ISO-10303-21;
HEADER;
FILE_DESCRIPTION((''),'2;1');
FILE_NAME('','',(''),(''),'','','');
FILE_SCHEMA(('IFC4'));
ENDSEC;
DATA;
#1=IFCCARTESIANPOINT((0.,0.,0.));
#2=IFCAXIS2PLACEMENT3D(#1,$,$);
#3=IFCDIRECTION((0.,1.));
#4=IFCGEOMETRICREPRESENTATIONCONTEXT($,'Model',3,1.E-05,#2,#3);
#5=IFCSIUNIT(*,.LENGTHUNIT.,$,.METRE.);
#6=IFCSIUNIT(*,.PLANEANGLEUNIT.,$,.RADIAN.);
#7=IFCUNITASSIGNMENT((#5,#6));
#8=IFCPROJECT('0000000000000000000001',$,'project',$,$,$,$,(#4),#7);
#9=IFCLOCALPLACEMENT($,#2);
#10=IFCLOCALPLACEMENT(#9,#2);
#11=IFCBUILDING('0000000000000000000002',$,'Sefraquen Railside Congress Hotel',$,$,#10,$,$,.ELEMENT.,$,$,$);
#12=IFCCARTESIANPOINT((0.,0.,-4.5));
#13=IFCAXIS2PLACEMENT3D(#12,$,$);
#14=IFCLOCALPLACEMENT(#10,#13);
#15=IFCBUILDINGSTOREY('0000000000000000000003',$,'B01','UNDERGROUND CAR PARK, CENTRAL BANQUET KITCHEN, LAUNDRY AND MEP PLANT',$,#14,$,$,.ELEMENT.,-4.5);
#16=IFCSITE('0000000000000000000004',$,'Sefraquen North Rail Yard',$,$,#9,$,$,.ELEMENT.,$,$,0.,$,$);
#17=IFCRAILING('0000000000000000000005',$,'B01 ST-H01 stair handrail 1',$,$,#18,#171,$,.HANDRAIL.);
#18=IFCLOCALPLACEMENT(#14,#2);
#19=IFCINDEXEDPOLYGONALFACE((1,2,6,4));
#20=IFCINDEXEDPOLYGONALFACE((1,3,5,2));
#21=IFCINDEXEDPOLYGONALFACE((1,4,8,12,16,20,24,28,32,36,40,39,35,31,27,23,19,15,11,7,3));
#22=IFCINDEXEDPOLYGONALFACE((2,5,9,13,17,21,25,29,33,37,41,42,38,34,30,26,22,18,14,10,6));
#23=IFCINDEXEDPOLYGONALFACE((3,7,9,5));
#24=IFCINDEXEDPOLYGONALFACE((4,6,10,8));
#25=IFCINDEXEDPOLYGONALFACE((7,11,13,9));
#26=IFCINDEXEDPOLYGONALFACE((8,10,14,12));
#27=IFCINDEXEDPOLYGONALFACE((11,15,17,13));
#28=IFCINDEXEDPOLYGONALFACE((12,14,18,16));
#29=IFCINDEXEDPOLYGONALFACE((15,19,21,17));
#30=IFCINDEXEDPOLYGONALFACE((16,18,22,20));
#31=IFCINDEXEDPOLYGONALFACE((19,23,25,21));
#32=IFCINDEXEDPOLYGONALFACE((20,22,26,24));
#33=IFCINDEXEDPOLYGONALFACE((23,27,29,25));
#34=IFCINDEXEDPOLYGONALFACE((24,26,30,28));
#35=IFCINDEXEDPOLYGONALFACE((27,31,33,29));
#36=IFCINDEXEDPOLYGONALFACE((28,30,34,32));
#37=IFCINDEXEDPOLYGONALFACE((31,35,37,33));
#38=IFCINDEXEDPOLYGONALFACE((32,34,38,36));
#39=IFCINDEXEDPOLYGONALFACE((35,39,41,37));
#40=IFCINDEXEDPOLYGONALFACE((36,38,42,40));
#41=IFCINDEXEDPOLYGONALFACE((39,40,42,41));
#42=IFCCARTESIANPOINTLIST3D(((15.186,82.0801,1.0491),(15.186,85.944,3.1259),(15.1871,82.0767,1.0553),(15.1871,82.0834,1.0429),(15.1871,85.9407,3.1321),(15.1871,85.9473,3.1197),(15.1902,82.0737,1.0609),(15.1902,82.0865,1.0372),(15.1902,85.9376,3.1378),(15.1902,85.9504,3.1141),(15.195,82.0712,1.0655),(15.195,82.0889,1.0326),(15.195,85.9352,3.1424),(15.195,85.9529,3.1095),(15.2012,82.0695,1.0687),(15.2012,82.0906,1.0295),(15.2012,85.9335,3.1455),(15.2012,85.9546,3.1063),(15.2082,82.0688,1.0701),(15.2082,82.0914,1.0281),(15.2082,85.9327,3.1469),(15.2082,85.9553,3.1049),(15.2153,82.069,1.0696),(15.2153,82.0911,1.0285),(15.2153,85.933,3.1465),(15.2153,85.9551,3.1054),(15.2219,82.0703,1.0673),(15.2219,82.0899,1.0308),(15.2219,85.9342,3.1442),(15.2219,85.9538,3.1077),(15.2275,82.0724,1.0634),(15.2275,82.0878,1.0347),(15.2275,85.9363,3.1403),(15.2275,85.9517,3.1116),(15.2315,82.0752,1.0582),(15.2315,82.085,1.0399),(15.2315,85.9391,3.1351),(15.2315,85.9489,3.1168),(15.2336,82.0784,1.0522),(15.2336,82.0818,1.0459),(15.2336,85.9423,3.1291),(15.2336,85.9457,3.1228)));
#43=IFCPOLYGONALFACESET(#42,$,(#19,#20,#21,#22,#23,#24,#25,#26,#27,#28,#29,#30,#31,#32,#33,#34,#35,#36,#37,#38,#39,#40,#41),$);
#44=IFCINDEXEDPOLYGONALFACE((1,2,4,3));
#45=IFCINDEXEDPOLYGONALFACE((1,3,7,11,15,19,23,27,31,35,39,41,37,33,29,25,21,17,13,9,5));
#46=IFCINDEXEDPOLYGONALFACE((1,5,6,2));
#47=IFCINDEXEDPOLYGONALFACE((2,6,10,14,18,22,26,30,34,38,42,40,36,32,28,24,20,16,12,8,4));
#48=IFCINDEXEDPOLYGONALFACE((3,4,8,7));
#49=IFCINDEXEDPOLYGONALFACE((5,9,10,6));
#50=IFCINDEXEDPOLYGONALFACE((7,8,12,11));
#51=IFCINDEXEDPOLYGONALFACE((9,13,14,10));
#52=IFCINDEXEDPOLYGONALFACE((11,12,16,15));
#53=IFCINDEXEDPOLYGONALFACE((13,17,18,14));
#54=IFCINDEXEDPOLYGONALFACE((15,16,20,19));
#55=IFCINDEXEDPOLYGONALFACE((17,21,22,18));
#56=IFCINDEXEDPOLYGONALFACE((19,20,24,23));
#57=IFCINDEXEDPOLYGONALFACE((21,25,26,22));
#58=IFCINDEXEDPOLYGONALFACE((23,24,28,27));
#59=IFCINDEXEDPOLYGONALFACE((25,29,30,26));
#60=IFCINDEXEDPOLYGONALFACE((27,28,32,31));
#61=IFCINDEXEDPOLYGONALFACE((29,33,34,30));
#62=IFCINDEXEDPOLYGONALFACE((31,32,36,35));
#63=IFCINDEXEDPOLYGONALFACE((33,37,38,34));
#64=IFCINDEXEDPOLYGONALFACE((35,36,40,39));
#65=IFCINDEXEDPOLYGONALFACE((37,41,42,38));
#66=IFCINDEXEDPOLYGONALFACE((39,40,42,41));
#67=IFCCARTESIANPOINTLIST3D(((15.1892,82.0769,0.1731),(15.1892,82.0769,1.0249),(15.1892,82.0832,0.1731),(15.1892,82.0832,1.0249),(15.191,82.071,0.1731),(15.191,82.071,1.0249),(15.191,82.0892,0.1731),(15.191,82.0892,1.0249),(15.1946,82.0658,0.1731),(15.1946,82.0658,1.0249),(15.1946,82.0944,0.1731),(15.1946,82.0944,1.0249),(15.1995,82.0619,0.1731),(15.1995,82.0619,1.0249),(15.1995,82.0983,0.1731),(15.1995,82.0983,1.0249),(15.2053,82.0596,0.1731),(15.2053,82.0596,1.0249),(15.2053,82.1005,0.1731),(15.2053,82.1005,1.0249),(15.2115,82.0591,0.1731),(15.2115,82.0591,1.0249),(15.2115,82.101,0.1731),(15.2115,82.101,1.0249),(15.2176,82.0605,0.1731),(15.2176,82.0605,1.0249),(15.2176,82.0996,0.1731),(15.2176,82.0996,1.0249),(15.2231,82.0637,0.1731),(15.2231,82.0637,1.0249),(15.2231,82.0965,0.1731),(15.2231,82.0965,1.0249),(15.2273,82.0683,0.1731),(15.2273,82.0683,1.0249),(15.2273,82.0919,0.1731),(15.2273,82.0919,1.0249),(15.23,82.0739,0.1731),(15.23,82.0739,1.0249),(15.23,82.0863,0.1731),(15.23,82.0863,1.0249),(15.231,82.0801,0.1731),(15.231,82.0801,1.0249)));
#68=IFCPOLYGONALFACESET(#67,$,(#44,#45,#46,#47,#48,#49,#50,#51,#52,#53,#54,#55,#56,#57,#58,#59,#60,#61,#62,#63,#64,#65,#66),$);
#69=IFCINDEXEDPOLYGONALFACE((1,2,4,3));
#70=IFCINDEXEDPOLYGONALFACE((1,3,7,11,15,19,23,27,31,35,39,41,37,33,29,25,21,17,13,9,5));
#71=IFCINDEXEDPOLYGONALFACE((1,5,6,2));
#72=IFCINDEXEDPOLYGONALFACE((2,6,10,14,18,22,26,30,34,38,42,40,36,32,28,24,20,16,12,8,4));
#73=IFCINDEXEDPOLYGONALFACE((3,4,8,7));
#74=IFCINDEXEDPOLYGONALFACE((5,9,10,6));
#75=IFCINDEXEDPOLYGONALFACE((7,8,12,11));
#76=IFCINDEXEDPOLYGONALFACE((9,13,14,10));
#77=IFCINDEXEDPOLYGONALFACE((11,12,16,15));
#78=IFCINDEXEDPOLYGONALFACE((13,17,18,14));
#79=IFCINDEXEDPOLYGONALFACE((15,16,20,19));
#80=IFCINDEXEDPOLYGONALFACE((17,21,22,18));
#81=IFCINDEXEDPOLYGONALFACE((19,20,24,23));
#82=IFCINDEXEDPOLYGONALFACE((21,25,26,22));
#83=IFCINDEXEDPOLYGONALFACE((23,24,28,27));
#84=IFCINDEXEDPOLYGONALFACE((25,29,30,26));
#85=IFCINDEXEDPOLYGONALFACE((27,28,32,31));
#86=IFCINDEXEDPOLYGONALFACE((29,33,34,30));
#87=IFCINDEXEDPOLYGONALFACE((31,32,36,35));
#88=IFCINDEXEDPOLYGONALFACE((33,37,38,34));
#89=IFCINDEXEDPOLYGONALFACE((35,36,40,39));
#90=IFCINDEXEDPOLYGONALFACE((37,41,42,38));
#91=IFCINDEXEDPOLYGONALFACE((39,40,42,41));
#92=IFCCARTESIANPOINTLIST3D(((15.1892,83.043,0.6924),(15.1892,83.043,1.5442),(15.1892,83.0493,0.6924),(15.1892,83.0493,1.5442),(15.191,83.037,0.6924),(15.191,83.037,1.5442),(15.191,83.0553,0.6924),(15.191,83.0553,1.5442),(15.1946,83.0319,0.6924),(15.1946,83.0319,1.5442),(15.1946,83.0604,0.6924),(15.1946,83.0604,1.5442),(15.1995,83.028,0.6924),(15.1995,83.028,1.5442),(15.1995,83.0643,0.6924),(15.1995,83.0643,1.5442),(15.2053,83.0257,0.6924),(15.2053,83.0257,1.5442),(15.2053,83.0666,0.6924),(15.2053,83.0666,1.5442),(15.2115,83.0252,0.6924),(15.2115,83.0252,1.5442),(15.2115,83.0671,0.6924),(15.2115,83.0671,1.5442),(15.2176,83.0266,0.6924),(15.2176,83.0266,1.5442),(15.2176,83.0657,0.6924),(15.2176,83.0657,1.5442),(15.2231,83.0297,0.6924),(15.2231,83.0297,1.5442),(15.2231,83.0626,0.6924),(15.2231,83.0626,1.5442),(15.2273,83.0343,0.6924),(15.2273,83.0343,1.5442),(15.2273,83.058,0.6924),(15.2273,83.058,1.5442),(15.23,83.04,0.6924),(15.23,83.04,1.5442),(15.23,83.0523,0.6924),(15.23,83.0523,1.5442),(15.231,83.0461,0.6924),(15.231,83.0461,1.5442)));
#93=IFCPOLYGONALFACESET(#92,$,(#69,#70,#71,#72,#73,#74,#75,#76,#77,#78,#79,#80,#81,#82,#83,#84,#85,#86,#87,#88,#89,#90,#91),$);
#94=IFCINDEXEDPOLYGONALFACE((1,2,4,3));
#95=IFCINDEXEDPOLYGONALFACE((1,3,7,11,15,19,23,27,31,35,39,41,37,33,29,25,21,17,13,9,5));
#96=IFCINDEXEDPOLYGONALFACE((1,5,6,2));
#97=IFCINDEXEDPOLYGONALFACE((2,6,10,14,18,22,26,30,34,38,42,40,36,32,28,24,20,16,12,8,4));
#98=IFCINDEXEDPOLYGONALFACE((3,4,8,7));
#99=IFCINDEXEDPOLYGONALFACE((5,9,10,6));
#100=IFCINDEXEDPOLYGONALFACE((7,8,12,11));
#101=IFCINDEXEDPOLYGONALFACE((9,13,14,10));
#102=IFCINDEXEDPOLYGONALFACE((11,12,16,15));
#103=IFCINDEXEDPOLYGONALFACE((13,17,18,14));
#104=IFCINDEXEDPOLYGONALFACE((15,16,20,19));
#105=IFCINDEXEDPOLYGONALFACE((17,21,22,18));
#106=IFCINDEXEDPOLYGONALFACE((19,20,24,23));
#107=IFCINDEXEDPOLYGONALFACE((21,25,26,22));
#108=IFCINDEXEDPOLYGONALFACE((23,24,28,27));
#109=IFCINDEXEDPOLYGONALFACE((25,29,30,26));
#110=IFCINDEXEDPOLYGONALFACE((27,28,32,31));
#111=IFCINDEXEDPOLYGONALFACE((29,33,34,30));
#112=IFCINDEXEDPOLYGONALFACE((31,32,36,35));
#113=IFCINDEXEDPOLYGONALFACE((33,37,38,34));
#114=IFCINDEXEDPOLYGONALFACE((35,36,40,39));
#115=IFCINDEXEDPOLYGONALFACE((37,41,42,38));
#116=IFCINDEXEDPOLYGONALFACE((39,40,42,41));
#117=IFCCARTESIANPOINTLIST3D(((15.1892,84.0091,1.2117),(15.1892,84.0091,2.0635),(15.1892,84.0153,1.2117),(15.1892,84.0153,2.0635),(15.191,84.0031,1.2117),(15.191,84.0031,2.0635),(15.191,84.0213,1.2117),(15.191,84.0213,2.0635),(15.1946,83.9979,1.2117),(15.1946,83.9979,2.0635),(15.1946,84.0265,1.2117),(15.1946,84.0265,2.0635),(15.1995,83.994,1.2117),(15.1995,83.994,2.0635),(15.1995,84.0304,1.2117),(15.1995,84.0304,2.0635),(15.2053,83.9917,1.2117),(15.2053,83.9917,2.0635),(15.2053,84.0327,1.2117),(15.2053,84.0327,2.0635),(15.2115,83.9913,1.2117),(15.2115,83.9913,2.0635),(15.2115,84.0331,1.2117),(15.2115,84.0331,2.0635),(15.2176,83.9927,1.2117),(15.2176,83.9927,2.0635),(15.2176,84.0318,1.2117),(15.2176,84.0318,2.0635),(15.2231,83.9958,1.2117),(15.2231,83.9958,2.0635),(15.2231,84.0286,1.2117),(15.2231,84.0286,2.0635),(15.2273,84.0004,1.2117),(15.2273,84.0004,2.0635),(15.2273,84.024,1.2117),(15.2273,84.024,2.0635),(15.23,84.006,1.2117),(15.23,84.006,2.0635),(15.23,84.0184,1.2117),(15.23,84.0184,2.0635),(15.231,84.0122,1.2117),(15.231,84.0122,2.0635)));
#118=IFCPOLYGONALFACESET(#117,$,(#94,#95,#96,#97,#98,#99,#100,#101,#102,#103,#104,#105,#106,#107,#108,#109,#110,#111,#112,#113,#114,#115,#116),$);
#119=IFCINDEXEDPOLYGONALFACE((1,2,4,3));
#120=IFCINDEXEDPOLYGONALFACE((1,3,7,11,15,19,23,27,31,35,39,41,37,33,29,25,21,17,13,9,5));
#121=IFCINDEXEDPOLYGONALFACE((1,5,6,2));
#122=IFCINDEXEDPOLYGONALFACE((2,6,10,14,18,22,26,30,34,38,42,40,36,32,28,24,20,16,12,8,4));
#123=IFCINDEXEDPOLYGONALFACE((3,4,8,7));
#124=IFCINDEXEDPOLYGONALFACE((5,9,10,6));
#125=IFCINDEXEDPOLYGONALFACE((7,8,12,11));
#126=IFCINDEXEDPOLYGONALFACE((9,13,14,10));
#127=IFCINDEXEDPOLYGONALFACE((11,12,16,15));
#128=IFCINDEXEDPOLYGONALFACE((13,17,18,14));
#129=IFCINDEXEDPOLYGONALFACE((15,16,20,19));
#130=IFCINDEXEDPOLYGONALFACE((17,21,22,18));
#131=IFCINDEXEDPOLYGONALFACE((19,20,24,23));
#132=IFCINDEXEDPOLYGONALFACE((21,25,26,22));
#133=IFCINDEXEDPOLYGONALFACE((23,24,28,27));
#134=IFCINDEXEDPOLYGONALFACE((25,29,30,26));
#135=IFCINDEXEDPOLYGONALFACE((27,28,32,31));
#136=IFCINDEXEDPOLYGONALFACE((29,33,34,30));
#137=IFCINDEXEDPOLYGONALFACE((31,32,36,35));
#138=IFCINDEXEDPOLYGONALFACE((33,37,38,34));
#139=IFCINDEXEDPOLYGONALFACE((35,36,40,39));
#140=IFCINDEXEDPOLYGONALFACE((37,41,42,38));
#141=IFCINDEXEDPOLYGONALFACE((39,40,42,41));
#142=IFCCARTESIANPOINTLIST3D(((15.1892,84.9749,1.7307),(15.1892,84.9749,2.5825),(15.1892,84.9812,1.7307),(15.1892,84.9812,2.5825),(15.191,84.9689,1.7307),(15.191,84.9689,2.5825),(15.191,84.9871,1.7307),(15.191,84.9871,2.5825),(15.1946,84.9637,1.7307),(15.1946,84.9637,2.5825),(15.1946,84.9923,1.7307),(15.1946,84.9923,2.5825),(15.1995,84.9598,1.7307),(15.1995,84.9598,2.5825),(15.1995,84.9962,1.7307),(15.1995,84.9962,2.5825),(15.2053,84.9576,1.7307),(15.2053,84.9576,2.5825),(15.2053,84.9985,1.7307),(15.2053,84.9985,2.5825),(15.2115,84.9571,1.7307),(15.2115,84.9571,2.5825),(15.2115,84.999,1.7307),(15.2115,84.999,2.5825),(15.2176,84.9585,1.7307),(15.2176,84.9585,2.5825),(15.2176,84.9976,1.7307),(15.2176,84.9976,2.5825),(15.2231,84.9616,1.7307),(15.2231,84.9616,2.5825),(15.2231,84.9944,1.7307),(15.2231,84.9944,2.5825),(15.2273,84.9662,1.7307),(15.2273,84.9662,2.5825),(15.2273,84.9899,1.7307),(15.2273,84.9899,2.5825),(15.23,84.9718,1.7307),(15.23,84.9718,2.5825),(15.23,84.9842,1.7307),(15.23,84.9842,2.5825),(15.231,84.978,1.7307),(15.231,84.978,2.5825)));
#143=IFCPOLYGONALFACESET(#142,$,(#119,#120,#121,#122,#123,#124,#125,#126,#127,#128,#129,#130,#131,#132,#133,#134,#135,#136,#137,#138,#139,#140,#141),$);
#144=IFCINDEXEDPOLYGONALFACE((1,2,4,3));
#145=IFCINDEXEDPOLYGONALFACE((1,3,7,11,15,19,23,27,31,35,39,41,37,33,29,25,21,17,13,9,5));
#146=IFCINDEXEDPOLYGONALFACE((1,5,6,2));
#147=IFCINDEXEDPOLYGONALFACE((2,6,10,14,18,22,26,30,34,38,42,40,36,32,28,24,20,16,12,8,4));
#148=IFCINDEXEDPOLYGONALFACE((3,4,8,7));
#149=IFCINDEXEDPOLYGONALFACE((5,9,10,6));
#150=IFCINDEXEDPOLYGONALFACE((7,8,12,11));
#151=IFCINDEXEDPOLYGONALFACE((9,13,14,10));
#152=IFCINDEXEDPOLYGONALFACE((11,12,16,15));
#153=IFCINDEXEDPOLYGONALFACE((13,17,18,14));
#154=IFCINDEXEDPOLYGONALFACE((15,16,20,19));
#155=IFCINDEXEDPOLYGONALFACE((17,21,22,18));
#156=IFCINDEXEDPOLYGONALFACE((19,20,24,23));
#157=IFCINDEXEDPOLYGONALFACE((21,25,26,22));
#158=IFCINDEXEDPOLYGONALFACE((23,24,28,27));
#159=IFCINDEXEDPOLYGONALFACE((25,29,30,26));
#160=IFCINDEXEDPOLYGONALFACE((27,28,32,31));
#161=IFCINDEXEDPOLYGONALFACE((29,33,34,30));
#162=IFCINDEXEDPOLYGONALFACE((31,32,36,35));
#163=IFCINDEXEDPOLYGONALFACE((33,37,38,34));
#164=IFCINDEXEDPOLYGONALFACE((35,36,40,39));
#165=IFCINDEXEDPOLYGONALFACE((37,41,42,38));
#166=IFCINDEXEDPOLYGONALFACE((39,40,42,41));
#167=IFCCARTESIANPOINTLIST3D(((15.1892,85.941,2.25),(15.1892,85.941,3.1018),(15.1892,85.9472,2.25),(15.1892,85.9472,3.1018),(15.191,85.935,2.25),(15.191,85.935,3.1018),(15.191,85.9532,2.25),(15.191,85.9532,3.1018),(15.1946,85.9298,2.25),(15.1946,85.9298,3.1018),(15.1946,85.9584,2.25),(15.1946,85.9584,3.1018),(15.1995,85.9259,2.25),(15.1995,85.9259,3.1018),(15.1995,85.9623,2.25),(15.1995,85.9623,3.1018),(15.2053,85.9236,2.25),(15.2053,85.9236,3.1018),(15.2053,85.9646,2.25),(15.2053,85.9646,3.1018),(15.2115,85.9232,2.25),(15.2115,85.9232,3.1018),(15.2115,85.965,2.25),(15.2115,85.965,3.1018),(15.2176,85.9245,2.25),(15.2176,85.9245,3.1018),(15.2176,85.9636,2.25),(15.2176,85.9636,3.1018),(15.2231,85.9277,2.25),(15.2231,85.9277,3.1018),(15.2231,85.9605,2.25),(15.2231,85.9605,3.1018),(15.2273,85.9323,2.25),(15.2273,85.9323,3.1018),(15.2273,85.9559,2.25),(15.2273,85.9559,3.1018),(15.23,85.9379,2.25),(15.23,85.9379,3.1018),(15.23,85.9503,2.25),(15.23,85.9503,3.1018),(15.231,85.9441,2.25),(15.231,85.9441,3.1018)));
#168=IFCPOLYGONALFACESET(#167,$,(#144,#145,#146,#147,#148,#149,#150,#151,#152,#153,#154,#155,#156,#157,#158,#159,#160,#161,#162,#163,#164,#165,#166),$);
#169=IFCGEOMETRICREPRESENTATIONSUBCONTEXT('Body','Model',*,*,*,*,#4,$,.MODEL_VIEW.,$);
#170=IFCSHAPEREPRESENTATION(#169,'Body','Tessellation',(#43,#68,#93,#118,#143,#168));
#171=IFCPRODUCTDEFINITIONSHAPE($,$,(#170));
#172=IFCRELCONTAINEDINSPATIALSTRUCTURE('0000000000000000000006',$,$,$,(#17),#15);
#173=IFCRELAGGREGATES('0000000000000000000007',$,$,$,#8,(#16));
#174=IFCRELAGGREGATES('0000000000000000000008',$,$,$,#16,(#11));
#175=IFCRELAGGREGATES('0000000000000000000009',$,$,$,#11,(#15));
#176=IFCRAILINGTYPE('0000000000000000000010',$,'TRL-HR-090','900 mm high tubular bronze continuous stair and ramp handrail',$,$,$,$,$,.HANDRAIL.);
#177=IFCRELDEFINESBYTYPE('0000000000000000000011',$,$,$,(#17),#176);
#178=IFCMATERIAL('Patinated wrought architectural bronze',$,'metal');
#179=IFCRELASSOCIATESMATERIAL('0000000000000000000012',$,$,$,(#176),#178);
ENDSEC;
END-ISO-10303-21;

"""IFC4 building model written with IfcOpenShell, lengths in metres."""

from ifc_helpers import new_model, si_unit, direction, frame, origin, origin_2d, place, context, subcontext, project, spatial, circle, extrude, material, type_object, element, save


model = new_model("IFC4")

# Units and contexts
model_context = context("Model", 3, precision=1e-05, world=origin(), true_north=direction((0.0, 1.0)))
body_context = subcontext(model_context, "Body", "Model", "MODEL_VIEW")
ifc_project = project(units=[si_unit("LENGTHUNIT", "METRE"), si_unit("PLANEANGLEUNIT", "RADIAN")], contexts=[model_context])

# Site, building, storey
site_placement = place(None, origin())
site = spatial("IfcSite", under=ifc_project, at=site_placement, Name="Sefraquen North Rail Yard", CompositionType="ELEMENT", RefElevation=0.0)
building_placement = place(site_placement, origin())
building = spatial("IfcBuilding", under=site, at=building_placement, Name="Sefraquen Railside Congress Hotel", CompositionType="ELEMENT")
storey_placement = place(building_placement, frame((0.0, 0.0, -4.5)))
storey = spatial("IfcBuildingStorey", under=building, at=storey_placement, Name="B01", Description="UNDERGROUND CAR PARK, CENTRAL BANQUET KITCHEN, LAUNDRY AND MEP PLANT", CompositionType="ELEMENT", Elevation=-4.5)

# Railing
ifc_material_1 = material(Name="Patinated wrought architectural bronze", Category="metal")
railing_type_1 = type_object("IfcRailingType", Name="TRL-HR-090", Description="900 mm high tubular bronze continuous stair and ramp handrail", PredefinedType="HANDRAIL", material=ifc_material_1)
railing_1_placement = place(storey_placement, frame((15.21, 82.0801, 0.1731)))
element("IfcRailing", 1, at=railing_1_placement, inside=storey, type_object=railing_type_1, Name="B01 ST-H01 stair handrail 1", PredefinedType="HANDRAIL", context=body_context, shape_type="SweptSolid", body=[
    extrude(circle(Radius=0.0239, at=origin_2d()), frame((0.0, 0.0, 0.876), z_axis=(0.0, 0.880825, 0.473443), x_axis=(-1.0, 0.0, 0.0)), (0.0, 0.0, 1.0), 4.3867),
    extrude(circle(Radius=0.021, at=origin_2d()), origin(), (0.0, 0.0, 1.0), 0.8518),
    extrude(circle(Radius=0.021, at=origin_2d()), frame((0.0, 0.9661, 0.5193)), (0.0, 0.0, 1.0), 0.8518),
    extrude(circle(Radius=0.021, at=origin_2d()), frame((0.0, 1.9321, 1.0386)), (0.0, 0.0, 1.0), 0.8518),
    extrude(circle(Radius=0.021, at=origin_2d()), frame((0.0, 2.8979, 1.5576)), (0.0, 0.0, 1.0), 0.8518),
    extrude(circle(Radius=0.021, at=origin_2d()), frame((0.0, 3.864, 2.0769)), (0.0, 0.0, 1.0), 0.8518),
])

save(model, "model.ifc")
